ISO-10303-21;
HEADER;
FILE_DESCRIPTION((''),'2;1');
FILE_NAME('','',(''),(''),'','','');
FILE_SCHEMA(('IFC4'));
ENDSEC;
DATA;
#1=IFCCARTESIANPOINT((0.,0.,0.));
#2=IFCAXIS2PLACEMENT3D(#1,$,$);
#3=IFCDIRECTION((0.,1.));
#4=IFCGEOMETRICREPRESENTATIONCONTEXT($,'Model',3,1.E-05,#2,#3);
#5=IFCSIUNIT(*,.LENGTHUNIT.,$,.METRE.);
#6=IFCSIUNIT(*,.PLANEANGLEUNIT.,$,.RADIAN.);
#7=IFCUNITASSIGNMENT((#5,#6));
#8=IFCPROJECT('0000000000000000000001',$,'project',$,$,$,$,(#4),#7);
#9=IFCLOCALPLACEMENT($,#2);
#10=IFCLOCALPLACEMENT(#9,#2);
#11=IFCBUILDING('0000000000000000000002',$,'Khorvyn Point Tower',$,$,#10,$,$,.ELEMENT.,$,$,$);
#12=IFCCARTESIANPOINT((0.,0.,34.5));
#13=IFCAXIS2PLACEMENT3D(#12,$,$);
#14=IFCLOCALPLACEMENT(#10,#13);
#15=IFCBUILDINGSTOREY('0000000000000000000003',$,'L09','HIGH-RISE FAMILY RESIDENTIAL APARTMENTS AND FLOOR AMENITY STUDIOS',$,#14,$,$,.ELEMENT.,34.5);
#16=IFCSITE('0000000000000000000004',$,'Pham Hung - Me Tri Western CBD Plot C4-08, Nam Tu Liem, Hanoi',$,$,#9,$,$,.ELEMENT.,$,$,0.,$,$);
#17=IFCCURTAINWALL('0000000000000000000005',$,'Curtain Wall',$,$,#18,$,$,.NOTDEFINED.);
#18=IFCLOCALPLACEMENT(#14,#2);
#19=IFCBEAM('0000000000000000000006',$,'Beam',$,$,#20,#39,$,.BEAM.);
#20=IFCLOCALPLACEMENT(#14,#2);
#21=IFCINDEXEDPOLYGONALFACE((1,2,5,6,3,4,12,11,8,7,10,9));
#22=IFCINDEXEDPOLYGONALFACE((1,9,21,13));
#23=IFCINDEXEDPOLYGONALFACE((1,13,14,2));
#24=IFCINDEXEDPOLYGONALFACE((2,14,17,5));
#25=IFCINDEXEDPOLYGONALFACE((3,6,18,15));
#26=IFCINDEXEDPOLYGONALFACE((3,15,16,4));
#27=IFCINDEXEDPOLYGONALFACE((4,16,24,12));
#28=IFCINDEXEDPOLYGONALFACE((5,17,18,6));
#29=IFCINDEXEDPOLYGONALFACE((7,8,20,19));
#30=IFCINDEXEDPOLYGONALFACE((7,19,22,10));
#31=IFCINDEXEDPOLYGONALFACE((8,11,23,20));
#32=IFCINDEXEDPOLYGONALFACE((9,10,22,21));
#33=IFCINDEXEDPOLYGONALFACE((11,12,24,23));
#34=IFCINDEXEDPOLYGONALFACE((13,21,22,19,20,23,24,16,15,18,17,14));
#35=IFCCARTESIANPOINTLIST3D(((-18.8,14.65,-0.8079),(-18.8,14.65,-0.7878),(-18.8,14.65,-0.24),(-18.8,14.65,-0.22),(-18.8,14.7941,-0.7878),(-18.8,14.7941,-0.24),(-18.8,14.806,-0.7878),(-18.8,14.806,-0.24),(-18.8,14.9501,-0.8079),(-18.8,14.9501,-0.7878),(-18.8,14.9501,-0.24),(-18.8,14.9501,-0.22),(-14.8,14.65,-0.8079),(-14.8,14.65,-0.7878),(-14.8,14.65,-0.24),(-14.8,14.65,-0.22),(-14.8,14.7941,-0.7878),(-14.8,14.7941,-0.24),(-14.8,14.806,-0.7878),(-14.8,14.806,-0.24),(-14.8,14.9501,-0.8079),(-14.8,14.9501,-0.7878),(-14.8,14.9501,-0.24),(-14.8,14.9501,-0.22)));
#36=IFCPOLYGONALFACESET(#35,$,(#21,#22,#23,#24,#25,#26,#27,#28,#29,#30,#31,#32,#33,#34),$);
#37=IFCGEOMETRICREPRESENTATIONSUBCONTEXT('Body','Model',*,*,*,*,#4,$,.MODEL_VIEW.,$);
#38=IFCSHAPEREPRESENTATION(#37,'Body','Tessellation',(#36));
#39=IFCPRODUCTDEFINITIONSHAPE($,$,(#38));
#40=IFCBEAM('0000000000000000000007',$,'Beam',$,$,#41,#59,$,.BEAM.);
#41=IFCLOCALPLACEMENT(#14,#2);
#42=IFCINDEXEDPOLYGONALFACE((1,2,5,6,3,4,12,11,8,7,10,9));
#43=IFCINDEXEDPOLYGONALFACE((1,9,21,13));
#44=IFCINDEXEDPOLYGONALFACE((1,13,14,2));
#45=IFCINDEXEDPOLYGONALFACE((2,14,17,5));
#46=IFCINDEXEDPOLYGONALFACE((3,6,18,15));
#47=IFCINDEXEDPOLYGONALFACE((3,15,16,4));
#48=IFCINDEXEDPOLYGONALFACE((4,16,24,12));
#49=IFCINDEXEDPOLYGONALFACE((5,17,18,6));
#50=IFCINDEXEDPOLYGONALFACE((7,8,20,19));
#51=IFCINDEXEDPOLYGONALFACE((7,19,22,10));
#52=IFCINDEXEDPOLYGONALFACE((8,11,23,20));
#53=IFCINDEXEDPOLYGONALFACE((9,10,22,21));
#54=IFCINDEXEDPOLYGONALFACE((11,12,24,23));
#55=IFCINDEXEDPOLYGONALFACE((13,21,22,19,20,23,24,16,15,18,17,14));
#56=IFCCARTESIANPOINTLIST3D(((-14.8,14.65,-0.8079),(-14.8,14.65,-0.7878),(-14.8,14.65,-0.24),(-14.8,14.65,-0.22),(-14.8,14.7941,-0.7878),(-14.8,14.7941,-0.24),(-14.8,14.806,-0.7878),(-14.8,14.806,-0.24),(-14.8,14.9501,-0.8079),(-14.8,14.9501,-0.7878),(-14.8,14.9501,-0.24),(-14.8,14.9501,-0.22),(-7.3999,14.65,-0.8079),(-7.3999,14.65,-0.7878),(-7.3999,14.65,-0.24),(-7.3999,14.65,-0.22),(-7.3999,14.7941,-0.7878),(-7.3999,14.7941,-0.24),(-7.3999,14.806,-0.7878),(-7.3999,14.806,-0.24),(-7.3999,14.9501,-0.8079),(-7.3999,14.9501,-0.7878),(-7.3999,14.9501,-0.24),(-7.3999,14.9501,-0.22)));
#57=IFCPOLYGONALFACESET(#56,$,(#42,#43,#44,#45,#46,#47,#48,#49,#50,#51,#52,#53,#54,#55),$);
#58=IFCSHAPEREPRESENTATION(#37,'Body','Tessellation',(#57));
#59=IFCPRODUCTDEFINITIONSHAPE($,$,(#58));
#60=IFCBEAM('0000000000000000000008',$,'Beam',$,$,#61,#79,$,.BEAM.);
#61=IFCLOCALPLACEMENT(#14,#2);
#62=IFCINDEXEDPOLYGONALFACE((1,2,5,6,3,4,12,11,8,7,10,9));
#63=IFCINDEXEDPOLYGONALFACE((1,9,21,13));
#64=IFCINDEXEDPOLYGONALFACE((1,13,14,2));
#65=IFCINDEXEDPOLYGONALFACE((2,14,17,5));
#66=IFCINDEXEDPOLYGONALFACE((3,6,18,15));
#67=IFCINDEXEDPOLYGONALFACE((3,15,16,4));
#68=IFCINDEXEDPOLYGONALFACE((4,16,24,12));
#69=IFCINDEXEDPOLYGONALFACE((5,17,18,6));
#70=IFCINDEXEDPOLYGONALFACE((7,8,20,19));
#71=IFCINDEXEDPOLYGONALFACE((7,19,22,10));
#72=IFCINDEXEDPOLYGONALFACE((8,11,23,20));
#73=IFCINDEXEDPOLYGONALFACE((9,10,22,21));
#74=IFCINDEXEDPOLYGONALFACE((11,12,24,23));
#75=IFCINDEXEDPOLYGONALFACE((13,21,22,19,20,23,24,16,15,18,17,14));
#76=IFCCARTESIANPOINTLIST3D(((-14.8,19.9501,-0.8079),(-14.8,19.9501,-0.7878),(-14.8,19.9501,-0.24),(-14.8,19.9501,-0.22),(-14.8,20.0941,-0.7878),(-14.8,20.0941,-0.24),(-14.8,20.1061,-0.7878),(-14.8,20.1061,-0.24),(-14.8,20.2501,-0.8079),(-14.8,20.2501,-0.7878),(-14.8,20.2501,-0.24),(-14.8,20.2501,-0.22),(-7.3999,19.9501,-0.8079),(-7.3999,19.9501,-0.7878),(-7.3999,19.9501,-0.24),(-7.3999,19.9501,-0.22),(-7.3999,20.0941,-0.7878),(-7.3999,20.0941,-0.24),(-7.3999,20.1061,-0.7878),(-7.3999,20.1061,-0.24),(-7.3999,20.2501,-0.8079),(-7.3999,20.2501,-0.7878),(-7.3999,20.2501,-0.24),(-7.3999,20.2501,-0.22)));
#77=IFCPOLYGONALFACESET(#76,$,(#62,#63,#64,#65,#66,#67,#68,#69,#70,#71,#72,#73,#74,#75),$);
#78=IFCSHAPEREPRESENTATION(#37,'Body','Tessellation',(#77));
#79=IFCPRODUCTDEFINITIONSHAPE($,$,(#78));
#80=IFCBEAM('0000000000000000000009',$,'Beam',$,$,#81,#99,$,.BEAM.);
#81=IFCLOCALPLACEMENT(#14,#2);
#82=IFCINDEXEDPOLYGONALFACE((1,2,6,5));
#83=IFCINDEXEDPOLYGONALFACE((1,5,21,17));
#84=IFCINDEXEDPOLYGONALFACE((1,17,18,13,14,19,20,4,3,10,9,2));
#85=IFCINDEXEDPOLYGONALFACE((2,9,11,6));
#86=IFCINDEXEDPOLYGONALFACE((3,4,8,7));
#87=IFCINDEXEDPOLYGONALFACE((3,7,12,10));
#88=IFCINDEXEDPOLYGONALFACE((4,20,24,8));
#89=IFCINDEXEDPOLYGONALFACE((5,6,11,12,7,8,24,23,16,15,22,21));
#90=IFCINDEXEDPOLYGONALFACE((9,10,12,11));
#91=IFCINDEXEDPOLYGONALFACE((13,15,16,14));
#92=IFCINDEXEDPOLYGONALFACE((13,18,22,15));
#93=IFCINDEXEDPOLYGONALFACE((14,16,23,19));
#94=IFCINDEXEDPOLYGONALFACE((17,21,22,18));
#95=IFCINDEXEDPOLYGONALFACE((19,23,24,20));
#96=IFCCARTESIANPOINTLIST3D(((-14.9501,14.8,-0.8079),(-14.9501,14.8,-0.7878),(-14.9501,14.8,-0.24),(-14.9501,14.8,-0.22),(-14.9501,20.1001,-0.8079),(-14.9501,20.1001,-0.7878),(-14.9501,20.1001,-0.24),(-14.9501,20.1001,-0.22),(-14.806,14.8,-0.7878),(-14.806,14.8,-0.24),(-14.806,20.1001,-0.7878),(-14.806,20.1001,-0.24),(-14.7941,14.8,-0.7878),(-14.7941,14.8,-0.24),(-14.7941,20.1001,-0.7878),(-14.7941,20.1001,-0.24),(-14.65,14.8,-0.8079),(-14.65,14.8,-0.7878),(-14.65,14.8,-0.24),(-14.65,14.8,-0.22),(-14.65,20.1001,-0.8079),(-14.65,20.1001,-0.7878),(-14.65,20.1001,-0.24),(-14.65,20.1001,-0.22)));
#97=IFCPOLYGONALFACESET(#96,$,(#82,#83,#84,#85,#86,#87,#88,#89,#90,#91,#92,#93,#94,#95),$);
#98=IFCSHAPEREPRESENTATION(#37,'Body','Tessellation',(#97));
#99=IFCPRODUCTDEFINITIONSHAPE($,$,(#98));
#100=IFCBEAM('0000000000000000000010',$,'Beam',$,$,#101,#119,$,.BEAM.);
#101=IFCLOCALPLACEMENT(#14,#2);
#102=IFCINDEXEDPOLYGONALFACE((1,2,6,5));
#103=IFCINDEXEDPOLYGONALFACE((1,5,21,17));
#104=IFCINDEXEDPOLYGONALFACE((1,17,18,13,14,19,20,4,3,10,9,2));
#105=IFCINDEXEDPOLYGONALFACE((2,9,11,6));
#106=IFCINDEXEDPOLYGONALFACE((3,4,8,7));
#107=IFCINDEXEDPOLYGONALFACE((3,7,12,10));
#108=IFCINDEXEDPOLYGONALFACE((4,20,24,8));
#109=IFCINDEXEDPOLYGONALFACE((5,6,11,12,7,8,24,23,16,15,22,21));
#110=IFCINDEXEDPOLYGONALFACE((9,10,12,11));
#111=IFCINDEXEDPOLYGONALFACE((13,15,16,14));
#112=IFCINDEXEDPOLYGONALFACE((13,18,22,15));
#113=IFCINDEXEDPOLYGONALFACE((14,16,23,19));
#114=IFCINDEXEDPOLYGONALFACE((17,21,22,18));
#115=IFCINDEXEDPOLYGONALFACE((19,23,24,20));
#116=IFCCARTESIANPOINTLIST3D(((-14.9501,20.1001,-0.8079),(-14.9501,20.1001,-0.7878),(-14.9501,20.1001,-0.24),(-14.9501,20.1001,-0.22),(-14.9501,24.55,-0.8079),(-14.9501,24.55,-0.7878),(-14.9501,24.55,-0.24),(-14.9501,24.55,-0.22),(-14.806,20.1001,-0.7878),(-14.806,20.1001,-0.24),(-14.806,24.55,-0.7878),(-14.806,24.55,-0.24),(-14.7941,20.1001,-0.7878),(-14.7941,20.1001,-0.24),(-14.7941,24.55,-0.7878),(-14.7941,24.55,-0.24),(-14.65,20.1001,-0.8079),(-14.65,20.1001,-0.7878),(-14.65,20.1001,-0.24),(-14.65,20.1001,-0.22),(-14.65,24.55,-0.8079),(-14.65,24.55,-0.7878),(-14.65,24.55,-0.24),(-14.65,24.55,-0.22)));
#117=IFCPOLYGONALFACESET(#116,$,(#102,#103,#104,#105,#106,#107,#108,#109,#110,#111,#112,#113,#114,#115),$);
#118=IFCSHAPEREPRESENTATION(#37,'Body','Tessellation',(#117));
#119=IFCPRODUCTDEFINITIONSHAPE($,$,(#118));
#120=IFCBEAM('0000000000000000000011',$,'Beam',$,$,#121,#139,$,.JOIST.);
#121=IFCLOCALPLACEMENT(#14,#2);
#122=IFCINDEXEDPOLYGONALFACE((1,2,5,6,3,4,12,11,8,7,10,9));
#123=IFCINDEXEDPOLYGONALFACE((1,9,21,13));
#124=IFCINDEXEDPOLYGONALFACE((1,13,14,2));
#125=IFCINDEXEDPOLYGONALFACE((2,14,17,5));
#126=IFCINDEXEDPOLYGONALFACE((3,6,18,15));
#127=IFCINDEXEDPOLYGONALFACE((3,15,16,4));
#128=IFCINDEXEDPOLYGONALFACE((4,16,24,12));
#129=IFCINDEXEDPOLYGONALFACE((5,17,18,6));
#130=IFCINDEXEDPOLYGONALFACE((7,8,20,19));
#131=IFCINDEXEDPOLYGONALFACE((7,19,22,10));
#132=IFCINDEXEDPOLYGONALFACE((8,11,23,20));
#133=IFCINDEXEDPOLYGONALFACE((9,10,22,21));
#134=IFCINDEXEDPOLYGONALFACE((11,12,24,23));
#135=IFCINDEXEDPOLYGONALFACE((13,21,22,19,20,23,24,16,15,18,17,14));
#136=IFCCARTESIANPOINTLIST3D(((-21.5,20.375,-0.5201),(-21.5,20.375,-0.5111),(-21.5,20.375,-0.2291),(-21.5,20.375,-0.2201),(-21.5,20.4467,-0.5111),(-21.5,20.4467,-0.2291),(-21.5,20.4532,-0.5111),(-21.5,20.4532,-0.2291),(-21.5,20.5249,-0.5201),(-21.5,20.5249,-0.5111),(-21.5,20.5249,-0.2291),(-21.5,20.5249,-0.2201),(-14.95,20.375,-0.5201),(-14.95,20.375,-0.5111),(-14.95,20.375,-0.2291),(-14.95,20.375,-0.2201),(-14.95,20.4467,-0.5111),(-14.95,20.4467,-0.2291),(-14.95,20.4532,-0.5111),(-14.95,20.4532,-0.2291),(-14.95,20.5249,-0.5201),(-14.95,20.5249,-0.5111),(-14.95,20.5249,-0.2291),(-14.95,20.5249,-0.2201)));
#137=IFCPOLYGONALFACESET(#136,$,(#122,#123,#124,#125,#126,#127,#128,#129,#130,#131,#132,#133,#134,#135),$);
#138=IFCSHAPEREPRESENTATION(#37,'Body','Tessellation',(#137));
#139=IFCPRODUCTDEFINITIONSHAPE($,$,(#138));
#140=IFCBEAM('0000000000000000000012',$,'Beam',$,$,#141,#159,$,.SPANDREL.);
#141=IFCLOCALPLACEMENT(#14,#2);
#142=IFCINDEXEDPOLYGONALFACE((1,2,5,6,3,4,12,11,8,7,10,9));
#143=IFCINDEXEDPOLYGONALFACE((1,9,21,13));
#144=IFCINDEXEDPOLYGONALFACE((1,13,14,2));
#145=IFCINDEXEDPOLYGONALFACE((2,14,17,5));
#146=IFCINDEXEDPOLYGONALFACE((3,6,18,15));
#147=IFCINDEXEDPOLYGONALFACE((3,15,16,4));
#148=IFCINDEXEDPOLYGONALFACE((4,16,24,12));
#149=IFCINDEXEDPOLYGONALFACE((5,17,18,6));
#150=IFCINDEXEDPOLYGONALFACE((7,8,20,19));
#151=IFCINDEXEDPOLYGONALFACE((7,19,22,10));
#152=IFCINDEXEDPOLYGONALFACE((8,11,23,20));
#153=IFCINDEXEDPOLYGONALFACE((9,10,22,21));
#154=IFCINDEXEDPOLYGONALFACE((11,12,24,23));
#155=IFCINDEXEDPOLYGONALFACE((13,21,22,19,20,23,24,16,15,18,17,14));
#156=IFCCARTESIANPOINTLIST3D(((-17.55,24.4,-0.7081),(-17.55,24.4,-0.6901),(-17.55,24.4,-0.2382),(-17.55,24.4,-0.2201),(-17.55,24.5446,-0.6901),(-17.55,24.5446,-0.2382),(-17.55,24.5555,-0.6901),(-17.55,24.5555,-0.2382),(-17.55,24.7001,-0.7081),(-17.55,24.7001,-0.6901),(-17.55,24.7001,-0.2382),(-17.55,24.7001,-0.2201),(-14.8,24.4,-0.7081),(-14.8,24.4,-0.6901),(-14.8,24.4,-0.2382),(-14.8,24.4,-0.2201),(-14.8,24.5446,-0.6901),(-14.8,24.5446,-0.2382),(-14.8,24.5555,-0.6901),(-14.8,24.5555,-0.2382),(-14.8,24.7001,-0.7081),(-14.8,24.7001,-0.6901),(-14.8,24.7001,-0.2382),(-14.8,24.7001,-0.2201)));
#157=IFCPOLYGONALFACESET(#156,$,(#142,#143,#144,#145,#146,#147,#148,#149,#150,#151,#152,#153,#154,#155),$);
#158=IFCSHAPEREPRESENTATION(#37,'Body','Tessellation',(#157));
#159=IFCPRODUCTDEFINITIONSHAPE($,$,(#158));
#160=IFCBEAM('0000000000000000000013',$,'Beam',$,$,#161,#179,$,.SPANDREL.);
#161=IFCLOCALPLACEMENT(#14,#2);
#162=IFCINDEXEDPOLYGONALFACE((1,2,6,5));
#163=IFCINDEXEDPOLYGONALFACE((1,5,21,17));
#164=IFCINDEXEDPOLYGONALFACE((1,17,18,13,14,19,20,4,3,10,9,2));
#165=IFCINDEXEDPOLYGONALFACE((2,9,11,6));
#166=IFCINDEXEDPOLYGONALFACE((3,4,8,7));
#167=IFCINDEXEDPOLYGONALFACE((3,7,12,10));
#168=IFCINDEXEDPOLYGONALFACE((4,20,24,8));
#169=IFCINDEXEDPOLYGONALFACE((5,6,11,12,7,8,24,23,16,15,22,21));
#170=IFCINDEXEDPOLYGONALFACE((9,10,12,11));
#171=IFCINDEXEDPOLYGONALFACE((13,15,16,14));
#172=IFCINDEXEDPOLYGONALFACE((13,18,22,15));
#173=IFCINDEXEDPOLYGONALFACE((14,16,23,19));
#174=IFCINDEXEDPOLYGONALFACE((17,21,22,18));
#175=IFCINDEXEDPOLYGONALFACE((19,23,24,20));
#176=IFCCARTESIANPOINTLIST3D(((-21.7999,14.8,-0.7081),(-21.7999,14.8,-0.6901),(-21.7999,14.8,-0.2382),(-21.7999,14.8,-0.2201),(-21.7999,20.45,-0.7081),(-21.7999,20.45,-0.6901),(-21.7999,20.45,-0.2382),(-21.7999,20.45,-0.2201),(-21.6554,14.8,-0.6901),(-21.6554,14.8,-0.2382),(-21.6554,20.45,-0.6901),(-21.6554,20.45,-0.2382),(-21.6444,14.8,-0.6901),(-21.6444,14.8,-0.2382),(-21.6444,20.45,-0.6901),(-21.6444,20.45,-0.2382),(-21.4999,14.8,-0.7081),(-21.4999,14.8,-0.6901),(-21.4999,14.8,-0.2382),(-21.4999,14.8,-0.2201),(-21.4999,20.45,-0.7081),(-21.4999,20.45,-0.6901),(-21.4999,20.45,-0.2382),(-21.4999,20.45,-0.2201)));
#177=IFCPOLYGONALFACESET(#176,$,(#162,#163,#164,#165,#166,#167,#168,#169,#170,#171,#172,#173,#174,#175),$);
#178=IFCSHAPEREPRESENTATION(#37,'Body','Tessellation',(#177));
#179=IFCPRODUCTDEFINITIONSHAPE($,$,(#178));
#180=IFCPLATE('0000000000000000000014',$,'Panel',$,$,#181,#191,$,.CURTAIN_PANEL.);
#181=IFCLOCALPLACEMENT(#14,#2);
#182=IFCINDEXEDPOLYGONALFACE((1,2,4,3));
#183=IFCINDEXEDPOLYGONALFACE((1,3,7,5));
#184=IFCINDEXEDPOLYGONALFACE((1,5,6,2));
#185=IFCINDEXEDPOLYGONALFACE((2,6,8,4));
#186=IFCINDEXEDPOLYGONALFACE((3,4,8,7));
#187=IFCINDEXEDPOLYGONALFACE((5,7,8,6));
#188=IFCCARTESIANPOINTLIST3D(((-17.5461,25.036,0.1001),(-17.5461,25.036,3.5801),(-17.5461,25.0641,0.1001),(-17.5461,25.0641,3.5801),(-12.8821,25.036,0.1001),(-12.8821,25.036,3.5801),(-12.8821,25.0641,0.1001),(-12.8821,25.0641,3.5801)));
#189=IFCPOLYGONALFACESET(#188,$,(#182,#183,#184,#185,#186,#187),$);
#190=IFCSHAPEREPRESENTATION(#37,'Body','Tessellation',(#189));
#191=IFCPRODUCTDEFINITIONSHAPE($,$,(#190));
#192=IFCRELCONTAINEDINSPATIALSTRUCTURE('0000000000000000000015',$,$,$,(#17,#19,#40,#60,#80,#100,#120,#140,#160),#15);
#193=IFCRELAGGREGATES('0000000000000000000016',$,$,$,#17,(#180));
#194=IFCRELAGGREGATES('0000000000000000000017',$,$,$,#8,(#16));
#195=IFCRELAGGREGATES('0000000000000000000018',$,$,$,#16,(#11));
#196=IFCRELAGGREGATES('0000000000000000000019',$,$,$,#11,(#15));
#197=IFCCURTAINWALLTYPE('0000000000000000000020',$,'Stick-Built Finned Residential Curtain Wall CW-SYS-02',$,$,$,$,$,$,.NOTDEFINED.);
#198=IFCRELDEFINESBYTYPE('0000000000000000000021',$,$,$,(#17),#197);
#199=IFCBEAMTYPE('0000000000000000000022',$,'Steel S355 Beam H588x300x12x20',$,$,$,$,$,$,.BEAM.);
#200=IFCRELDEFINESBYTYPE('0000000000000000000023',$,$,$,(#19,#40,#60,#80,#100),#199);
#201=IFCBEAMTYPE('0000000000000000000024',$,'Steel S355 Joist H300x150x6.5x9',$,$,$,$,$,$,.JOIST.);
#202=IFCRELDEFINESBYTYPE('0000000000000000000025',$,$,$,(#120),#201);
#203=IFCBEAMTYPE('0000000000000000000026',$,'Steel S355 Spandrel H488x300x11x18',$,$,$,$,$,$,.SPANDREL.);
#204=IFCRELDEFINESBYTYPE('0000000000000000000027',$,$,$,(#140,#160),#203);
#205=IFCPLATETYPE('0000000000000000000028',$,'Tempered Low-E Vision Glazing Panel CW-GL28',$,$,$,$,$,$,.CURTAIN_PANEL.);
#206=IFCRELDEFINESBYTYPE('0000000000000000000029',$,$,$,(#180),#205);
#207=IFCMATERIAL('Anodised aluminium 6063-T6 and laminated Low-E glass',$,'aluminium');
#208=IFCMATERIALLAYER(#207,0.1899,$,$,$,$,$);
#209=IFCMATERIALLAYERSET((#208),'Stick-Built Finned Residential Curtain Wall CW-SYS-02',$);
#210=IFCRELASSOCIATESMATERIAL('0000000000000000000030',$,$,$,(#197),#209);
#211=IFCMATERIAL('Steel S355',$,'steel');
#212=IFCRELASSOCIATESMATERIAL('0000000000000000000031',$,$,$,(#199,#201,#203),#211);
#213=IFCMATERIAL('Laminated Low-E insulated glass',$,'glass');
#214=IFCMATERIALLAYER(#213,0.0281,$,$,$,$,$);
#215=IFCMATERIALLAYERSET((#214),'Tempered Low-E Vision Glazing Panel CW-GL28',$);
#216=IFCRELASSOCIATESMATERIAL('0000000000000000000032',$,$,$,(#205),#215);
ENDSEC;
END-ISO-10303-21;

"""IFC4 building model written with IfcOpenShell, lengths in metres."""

from ifc_helpers import new_model, si_unit, direction, frame, origin, origin_2d, place, context, subcontext, project, spatial, rectangle, i_section, extrude, material, layer, layer_set, material_profile, profile_set, type_object, element, aggregate, save


model = new_model("IFC4")

# Units and contexts
model_context = context("Model", 3, precision=1e-05, world=origin(), true_north=direction((0.0, 1.0)))
body_context = subcontext(model_context, "Body", "Model", "MODEL_VIEW")
ifc_project = project(units=[si_unit("LENGTHUNIT", "METRE"), si_unit("PLANEANGLEUNIT", "RADIAN")], contexts=[model_context])

# Site, building, storey
site_placement = place(None, origin())
site = spatial("IfcSite", under=ifc_project, at=site_placement, Name="Pham Hung - Me Tri Western CBD Plot C4-08, Nam Tu Liem, Hanoi", CompositionType="ELEMENT", RefElevation=0.0)
building_placement = place(site_placement, origin())
building = spatial("IfcBuilding", under=site, at=building_placement, Name="Khorvyn Point Tower", CompositionType="ELEMENT")
storey_placement = place(building_placement, frame((0.0, 0.0, 34.5)))
storey = spatial("IfcBuildingStorey", under=building, at=storey_placement, Name="L09", Description="HIGH-RISE FAMILY RESIDENTIAL APARTMENTS AND FLOOR AMENITY STUDIOS", CompositionType="ELEMENT", Elevation=34.5)

# Curtain wall
ifc_material_1 = material(Name="Anodised aluminium 6063-T6 and laminated Low-E glass", Category="aluminium")
ifc_layer_1 = layer(ifc_material_1, 0.1899)
ifc_layer_set_1 = layer_set([ifc_layer_1], Name="Stick-Built Finned Residential Curtain Wall CW-SYS-02")
curtain_wall_type = type_object("IfcCurtainWallType", Name="Stick-Built Finned Residential Curtain Wall CW-SYS-02", PredefinedType="NOTDEFINED", material=ifc_layer_set_1)
curtain_wall_1_placement = place(storey_placement, origin())
curtain_wall_1 = element("IfcCurtainWall", 1, at=curtain_wall_1_placement, inside=storey, type_object=curtain_wall_type, Name="Curtain Wall", PredefinedType="NOTDEFINED")

# Beams
ifc_material_2 = material(Name="Steel S355", Category="steel")
ifc_material_profile_1 = material_profile(ifc_material_2, i_section(OverallWidth=0.3, OverallDepth=0.5879, WebThickness=0.012, FlangeThickness=0.02, at=origin_2d()))
ifc_profile_set_1 = profile_set([ifc_material_profile_1], Name="Steel S355 H588x300x12x20")
beam_type_1 = type_object("IfcBeamType", Name="Steel S355 Beam H588x300x12x20", PredefinedType="BEAM", material=ifc_profile_set_1)
beam_1_placement = place(storey_placement, frame((-18.8, 14.8, -0.5139), z_axis=(1.0, 0.0, 0.0), x_axis=(0.0, 1.0, 0.0)))
element("IfcBeam", 2, at=beam_1_placement, inside=storey, type_object=beam_type_1, Name="Beam", PredefinedType="BEAM", context=body_context, shape_type="SweptSolid", body=[
    extrude(i_section(OverallWidth=0.3, OverallDepth=0.5879, WebThickness=0.012, FlangeThickness=0.02, at=origin_2d()), origin(), (0.0, 0.0, 1.0), 4.0),
])
for number, where, z_axis, x_axis, name in (
    (3, (-14.8, 14.8, -0.5139), (1.0, 0.0, 0.0), (0.0, 1.0, 0.0), "Beam"),
    (4, (-14.8, 20.1001, -0.5139), (1.0, 0.0, 0.0), (0.0, 1.0, 0.0), "Beam"),
):
    element("IfcBeam", number, at=place(storey_placement, frame(where, z_axis=z_axis, x_axis=x_axis)), inside=storey, type_object=beam_type_1, Name=name, PredefinedType="BEAM", context=body_context, shape_type="SweptSolid", body=[
        extrude(i_section(OverallWidth=0.3, OverallDepth=0.5879, WebThickness=0.012, FlangeThickness=0.02, at=origin_2d()), origin(), (0.0, 0.0, 1.0), 7.4001),
    ])
beam_2_placement = place(storey_placement, frame((-14.8, 14.8, -0.5139), z_axis=(0.0, 1.0, 0.0), x_axis=(-1.0, 0.0, 0.0)))
element("IfcBeam", 5, at=beam_2_placement, inside=storey, type_object=beam_type_1, Name="Beam", PredefinedType="BEAM", context=body_context, shape_type="SweptSolid", body=[
    extrude(i_section(OverallWidth=0.3, OverallDepth=0.5879, WebThickness=0.012, FlangeThickness=0.02, at=origin_2d()), origin(), (0.0, 0.0, 1.0), 5.3),
])
beam_3_placement = place(storey_placement, frame((-14.8, 20.1001, -0.5139), z_axis=(0.0, 1.0, 0.0), x_axis=(-1.0, 0.0, 0.0)))
element("IfcBeam", 6, at=beam_3_placement, inside=storey, type_object=beam_type_1, Name="Beam", PredefinedType="BEAM", context=body_context, shape_type="SweptSolid", body=[
    extrude(i_section(OverallWidth=0.3, OverallDepth=0.5879, WebThickness=0.012, FlangeThickness=0.02, at=origin_2d()), origin(), (0.0, 0.0, 1.0), 4.45),
])
ifc_material_profile_2 = material_profile(ifc_material_2, i_section(OverallWidth=0.1499, OverallDepth=0.3, WebThickness=0.0066, FlangeThickness=0.009, at=origin_2d()))
ifc_profile_set_2 = profile_set([ifc_material_profile_2], Name="Steel S355 H300x150x6.5x9")
beam_type_2 = type_object("IfcBeamType", Name="Steel S355 Joist H300x150x6.5x9", PredefinedType="JOIST", material=ifc_profile_set_2)
beam_4_placement = place(storey_placement, frame((-21.5, 20.45, -0.3701), z_axis=(1.0, 0.0, 0.0), x_axis=(0.0, 1.0, 0.0)))
element("IfcBeam", 7, at=beam_4_placement, inside=storey, type_object=beam_type_2, Name="Beam", PredefinedType="JOIST", context=body_context, shape_type="SweptSolid", body=[
    extrude(i_section(OverallWidth=0.1499, OverallDepth=0.3, WebThickness=0.0066, FlangeThickness=0.009, at=origin_2d()), origin(), (0.0, 0.0, 1.0), 6.55),
])
ifc_material_profile_3 = material_profile(ifc_material_2, i_section(OverallWidth=0.3, OverallDepth=0.488, WebThickness=0.011, FlangeThickness=0.0181, at=origin_2d()))
ifc_profile_set_3 = profile_set([ifc_material_profile_3], Name="Steel S355 H488x300x11x18")
beam_type_3 = type_object("IfcBeamType", Name="Steel S355 Spandrel H488x300x11x18", PredefinedType="SPANDREL", material=ifc_profile_set_3)
beam_5_placement = place(storey_placement, frame((-17.55, 24.55, -0.4641), z_axis=(1.0, 0.0, 0.0), x_axis=(0.0, 1.0, 0.0)))
element("IfcBeam", 8, at=beam_5_placement, inside=storey, type_object=beam_type_3, Name="Beam", PredefinedType="SPANDREL", context=body_context, shape_type="SweptSolid", body=[
    extrude(i_section(OverallWidth=0.3, OverallDepth=0.488, WebThickness=0.011, FlangeThickness=0.0181, at=origin_2d()), origin(), (0.0, 0.0, 1.0), 2.75),
])
beam_6_placement = place(storey_placement, frame((-21.6499, 14.8, -0.4641), z_axis=(0.0, 1.0, 0.0), x_axis=(-1.0, 0.0, 0.0)))
element("IfcBeam", 9, at=beam_6_placement, inside=storey, type_object=beam_type_3, Name="Beam", PredefinedType="SPANDREL", context=body_context, shape_type="SweptSolid", body=[
    extrude(i_section(OverallWidth=0.3, OverallDepth=0.488, WebThickness=0.011, FlangeThickness=0.0181, at=origin_2d()), origin(), (0.0, 0.0, 1.0), 5.6499),
])

# Plate
ifc_material_3 = material(Name="Laminated Low-E insulated glass", Category="glass")
ifc_layer_2 = layer(ifc_material_3, 0.0281)
ifc_layer_set_2 = layer_set([ifc_layer_2], Name="Tempered Low-E Vision Glazing Panel CW-GL28")
plate_type = type_object("IfcPlateType", Name="Tempered Low-E Vision Glazing Panel CW-GL28", PredefinedType="CURTAIN_PANEL", material=ifc_layer_set_2)
plate_1_placement = place(storey_placement, frame((-15.2141, 25.05, 0.1001), z_axis=(0.0, 0.0, 1.0), x_axis=(1.0, 0.0, 0.0)))
plate_1 = element("IfcPlate", 10, at=plate_1_placement, type_object=plate_type, Name="Panel", PredefinedType="CURTAIN_PANEL", context=body_context, shape_type="SweptSolid", body=[
    extrude(rectangle(XDim=4.6641, YDim=0.0281, at=origin_2d()), origin(), (0.0, 0.0, 1.0), 3.48),
])
aggregate(curtain_wall_1, [plate_1])

save(model, "model.ifc")
